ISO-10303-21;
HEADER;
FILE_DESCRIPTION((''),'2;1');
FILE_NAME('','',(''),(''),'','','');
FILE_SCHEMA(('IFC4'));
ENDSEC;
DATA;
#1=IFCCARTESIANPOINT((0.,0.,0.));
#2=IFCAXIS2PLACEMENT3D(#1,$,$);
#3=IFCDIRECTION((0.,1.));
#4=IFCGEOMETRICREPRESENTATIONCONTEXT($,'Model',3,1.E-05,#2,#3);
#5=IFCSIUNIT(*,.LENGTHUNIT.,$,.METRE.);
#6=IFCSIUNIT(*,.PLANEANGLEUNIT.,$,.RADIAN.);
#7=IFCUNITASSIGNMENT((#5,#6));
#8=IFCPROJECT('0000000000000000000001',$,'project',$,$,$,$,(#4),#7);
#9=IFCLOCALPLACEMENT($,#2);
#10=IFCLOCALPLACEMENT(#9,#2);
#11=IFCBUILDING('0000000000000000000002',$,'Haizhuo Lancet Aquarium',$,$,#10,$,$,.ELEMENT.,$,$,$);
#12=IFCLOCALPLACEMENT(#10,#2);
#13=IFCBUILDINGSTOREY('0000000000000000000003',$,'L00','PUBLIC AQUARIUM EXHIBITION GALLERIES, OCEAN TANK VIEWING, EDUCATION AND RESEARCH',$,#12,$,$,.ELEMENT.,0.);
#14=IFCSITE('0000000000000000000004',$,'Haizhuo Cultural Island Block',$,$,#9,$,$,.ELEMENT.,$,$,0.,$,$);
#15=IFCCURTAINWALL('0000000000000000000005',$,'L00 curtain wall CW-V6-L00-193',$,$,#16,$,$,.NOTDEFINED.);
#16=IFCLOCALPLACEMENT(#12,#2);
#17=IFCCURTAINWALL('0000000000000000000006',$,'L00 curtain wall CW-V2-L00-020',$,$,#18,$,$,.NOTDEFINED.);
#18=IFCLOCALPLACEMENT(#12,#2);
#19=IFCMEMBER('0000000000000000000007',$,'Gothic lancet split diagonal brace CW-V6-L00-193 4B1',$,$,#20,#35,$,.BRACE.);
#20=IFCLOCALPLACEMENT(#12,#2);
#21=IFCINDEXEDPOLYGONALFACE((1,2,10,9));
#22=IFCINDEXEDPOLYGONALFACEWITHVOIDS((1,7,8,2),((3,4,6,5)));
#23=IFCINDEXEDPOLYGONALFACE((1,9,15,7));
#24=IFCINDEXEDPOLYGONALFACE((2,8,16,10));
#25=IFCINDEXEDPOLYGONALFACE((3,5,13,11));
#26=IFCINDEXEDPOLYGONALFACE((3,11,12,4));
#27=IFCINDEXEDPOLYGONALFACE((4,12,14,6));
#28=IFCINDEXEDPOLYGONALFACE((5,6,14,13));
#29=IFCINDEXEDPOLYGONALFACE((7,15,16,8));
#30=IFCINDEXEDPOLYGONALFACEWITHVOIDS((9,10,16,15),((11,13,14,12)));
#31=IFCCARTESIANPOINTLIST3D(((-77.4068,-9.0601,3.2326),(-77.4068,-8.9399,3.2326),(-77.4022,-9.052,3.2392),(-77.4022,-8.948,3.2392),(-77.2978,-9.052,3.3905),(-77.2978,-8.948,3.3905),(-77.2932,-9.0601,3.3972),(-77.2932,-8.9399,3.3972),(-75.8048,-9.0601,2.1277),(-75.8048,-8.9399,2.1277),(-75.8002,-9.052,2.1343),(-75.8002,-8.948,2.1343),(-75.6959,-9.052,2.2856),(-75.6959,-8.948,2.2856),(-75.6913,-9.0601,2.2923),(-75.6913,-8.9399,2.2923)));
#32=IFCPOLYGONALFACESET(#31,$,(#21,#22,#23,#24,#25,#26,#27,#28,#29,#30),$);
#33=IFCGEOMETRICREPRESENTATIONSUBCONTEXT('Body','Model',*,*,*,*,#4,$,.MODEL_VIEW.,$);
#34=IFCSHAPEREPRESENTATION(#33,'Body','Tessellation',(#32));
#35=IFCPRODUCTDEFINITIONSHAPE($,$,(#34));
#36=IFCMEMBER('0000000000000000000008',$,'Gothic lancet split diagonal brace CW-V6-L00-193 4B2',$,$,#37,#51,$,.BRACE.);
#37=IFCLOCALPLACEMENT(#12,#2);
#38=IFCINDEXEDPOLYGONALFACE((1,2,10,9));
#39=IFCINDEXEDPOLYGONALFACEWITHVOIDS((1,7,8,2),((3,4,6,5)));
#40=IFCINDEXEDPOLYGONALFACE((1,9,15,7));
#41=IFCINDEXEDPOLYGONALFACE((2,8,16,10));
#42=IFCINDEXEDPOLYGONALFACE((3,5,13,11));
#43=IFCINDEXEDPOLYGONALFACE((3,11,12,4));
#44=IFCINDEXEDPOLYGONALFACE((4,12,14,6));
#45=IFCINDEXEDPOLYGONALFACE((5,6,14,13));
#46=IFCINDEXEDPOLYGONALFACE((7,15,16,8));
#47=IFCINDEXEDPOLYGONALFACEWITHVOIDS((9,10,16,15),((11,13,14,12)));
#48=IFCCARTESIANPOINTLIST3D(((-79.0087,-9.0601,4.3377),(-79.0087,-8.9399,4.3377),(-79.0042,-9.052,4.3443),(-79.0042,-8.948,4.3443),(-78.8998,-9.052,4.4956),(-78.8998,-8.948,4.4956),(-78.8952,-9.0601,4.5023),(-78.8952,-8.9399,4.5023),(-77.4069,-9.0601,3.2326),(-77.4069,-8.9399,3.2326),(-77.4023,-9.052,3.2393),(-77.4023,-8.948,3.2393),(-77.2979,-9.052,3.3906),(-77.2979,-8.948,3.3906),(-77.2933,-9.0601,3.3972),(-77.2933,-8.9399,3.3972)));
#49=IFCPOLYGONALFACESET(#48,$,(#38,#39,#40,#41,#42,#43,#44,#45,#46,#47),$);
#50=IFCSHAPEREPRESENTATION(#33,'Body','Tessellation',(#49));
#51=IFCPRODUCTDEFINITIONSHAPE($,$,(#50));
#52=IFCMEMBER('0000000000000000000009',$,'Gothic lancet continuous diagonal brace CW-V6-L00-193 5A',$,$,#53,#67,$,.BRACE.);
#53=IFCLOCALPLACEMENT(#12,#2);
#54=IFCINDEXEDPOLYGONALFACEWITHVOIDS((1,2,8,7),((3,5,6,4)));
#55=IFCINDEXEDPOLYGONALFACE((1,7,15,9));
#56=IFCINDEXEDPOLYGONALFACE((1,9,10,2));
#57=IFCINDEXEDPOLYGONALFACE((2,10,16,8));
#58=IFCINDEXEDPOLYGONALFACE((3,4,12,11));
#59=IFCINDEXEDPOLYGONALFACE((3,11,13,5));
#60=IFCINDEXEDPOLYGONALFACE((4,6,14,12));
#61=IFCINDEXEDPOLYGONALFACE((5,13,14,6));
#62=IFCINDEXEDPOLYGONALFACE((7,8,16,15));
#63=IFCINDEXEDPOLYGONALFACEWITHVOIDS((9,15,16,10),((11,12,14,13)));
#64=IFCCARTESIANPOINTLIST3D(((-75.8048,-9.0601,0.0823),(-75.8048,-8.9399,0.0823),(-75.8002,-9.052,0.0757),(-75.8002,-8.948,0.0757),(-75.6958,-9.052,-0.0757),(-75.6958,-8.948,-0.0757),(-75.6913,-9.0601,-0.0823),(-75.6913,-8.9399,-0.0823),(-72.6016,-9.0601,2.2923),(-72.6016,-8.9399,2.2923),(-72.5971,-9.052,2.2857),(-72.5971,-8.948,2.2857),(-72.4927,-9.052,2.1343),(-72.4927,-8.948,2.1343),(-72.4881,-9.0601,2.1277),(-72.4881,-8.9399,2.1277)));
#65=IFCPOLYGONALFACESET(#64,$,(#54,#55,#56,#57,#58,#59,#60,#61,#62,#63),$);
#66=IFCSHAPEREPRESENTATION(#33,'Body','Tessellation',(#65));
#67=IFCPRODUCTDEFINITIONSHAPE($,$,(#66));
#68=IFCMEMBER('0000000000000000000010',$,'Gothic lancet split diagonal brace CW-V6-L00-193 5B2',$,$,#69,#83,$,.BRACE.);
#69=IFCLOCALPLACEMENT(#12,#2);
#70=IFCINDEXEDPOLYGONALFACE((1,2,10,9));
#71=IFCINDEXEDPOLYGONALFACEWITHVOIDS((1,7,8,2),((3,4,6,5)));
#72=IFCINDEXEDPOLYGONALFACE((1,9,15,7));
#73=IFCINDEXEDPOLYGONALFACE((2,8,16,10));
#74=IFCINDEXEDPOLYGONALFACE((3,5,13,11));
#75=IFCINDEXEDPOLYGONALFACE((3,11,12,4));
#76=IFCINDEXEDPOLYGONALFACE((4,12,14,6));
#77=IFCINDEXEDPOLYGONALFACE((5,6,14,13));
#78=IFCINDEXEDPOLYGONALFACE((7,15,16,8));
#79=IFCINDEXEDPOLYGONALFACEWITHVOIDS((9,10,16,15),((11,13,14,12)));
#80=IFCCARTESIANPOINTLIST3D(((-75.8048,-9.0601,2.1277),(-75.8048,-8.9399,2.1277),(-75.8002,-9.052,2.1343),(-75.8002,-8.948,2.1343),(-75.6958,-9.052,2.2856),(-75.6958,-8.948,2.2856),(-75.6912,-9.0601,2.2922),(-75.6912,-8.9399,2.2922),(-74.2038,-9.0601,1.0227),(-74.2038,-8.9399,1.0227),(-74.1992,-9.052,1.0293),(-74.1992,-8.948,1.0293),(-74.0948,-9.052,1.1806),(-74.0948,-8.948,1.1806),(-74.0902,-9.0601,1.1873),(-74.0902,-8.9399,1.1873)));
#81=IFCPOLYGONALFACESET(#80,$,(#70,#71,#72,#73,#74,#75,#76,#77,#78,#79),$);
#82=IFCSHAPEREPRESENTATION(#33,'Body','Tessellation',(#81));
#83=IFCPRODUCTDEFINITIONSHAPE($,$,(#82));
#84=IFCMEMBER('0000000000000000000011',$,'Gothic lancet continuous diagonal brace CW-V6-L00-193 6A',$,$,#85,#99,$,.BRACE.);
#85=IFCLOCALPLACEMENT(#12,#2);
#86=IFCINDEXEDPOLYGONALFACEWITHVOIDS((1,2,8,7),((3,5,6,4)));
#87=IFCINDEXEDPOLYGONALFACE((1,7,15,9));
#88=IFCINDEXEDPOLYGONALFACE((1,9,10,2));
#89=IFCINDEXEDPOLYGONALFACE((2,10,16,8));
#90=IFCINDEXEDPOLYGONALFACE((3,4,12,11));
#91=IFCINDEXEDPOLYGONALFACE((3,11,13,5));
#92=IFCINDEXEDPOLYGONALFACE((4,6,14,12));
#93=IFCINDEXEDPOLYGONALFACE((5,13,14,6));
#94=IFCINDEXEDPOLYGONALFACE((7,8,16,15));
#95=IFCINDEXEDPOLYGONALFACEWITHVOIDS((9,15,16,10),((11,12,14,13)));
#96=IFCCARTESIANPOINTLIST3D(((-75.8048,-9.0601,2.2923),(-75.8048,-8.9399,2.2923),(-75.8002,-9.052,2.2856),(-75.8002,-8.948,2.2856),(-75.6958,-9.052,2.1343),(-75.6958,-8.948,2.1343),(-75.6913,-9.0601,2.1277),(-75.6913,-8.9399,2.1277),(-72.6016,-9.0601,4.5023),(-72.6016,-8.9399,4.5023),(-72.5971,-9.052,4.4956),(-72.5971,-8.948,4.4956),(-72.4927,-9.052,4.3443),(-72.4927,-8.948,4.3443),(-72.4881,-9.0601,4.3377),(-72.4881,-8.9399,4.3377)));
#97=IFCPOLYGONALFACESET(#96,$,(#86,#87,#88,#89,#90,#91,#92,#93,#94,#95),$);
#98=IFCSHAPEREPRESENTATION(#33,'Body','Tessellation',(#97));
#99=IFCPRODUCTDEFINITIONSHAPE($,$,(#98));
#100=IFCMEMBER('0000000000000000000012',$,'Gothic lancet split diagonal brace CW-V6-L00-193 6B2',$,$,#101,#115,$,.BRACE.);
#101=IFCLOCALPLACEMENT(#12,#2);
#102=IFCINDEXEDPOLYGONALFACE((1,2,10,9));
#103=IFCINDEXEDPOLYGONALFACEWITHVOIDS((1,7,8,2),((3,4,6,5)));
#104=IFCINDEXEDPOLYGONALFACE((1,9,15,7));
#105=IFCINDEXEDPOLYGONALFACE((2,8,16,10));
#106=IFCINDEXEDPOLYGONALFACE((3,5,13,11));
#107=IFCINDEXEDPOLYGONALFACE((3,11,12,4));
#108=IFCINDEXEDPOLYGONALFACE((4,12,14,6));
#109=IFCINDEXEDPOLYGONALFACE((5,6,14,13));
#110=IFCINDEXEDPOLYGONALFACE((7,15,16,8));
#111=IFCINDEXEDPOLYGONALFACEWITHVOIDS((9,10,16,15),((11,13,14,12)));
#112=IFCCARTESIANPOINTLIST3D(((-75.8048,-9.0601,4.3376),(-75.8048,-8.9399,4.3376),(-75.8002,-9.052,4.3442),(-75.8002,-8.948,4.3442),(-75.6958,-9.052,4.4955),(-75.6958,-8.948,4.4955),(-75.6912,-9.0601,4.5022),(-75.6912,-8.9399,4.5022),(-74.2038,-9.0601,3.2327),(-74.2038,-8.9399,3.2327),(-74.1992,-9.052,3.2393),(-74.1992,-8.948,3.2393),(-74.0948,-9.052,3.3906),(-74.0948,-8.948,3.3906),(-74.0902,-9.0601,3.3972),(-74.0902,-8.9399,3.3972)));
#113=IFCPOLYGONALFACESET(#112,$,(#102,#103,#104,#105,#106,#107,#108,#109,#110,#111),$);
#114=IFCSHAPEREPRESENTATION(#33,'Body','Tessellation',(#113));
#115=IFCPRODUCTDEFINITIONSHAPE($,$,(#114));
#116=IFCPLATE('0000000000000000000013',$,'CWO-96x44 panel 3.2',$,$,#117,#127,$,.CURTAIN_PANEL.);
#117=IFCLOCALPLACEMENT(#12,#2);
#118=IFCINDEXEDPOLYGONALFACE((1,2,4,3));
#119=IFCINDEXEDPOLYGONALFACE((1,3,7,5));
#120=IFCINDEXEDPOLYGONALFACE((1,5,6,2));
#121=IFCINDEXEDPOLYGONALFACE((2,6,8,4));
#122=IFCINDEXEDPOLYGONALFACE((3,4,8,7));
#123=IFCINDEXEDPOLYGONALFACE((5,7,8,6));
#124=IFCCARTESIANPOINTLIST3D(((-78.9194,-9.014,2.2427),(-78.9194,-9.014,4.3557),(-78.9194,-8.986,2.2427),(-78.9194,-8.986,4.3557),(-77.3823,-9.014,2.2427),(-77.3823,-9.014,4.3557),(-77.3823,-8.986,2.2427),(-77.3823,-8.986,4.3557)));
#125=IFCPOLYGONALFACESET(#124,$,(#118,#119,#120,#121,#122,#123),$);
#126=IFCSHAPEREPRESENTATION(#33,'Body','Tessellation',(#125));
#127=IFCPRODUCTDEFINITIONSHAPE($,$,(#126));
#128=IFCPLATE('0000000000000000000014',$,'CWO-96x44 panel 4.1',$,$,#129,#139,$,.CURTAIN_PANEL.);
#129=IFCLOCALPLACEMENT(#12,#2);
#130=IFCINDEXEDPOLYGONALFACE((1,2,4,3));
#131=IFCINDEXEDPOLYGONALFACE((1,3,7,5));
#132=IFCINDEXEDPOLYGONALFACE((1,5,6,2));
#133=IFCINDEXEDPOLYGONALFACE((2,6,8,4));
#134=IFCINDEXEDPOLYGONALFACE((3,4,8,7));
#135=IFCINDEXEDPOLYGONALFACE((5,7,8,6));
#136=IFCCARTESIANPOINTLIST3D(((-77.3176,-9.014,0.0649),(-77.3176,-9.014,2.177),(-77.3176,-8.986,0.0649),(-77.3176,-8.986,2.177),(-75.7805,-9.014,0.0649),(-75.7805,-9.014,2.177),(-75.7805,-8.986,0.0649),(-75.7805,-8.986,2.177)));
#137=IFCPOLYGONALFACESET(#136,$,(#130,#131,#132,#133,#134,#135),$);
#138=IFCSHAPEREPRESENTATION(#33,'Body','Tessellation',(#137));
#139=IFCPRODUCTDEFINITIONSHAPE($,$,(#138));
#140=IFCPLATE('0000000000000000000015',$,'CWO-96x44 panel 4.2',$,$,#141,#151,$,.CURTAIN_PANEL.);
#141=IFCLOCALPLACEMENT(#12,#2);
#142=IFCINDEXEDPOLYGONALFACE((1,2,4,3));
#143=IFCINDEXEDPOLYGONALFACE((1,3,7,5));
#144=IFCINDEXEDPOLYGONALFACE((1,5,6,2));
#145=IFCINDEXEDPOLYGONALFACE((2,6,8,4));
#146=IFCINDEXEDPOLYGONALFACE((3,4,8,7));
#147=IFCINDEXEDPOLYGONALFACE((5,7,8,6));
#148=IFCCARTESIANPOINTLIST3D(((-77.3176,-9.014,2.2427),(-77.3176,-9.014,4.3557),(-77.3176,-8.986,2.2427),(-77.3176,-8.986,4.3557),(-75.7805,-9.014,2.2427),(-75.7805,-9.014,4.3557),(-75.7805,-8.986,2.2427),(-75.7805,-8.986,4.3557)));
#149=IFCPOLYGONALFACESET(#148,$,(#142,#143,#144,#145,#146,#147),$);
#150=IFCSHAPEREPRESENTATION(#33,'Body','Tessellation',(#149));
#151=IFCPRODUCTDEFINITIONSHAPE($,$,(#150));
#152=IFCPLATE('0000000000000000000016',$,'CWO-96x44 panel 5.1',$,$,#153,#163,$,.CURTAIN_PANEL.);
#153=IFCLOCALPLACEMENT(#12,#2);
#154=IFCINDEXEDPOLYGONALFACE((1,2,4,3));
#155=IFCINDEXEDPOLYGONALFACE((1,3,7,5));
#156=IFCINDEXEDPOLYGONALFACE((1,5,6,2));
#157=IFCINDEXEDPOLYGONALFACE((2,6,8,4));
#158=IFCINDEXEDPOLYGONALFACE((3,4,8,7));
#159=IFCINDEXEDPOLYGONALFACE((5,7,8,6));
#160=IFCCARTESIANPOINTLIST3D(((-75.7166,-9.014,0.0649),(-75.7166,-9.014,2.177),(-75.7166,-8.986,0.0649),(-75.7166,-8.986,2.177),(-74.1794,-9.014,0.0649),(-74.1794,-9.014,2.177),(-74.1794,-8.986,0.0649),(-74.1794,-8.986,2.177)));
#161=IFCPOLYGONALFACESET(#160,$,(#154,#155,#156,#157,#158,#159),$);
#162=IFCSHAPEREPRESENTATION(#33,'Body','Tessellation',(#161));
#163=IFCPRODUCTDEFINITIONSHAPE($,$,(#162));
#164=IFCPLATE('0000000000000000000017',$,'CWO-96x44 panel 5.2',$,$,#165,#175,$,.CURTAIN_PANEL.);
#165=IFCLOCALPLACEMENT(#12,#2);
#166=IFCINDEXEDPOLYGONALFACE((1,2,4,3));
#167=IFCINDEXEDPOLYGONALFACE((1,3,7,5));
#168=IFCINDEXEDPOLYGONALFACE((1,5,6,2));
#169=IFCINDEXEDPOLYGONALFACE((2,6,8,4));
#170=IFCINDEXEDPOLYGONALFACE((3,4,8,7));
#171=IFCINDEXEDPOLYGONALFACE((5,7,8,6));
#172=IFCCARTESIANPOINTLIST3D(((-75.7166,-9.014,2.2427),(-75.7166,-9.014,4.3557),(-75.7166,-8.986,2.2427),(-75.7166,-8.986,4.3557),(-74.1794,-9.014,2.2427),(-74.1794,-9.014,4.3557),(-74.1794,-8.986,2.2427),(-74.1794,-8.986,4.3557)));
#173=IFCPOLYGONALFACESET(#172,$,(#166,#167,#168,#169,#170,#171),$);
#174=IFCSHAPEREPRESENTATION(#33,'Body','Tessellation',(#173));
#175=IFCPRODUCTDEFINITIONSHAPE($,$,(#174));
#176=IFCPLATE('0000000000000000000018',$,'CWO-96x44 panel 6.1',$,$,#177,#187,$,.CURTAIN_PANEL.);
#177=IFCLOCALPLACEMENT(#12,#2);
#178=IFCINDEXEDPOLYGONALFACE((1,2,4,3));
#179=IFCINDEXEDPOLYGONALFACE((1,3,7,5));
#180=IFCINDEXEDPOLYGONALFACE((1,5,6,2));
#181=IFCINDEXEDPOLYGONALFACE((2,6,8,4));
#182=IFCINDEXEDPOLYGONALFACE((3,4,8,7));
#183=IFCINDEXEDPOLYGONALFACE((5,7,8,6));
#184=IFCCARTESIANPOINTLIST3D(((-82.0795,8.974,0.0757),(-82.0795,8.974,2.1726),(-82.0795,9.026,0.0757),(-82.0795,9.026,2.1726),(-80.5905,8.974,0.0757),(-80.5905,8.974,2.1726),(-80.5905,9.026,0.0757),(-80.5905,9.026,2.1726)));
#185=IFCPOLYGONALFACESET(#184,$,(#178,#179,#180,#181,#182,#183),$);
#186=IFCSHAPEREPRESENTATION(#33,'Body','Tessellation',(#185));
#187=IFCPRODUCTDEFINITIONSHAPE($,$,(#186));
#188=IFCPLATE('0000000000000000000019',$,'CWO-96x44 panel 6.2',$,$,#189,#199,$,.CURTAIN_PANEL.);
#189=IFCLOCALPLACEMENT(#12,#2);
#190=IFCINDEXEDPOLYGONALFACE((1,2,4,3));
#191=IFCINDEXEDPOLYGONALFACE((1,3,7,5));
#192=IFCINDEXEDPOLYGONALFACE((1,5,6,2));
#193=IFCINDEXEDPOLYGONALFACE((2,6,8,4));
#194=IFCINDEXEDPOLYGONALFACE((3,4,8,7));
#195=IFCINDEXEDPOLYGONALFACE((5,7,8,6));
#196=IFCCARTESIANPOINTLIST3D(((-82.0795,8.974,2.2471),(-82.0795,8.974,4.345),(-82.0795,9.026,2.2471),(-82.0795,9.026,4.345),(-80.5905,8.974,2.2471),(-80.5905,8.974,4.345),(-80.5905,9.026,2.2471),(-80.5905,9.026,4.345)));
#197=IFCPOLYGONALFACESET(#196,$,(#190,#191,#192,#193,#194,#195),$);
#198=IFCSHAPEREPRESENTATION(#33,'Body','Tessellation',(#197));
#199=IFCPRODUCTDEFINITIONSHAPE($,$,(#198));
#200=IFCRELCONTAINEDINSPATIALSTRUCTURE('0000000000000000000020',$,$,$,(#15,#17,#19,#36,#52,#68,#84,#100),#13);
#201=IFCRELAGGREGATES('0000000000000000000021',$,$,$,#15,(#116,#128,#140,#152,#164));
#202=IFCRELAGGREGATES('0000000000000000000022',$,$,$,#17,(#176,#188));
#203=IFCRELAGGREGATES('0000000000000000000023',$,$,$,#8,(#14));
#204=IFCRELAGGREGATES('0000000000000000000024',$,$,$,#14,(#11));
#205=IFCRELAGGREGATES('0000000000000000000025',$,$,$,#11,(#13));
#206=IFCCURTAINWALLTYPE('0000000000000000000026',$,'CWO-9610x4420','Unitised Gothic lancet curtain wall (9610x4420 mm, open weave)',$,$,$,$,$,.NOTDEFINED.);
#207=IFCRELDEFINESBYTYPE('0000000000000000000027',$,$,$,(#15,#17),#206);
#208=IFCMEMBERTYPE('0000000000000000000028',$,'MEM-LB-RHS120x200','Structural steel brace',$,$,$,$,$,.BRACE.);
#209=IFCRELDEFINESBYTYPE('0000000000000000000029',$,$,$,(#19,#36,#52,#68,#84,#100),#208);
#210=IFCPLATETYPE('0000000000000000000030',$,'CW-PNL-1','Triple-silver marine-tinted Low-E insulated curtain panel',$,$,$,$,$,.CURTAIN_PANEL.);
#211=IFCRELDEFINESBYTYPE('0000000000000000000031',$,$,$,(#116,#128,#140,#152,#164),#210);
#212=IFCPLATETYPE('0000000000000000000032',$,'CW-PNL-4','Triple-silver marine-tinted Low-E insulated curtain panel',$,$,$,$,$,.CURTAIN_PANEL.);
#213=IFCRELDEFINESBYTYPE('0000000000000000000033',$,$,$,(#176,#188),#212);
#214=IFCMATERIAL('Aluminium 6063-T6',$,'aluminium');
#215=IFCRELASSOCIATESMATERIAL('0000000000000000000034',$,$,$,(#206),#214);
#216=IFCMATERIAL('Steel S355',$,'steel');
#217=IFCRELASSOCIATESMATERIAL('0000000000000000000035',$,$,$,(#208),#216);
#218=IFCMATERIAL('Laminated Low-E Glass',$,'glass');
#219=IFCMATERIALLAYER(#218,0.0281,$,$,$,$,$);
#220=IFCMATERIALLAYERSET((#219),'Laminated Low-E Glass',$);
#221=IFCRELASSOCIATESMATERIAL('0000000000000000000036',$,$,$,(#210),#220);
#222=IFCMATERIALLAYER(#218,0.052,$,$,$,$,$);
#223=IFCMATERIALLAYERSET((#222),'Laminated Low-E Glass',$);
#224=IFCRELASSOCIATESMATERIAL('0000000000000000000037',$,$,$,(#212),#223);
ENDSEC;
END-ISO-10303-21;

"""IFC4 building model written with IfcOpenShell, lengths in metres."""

from ifc_helpers import new_model, si_unit, direction, frame, origin, origin_2d, place, context, subcontext, project, spatial, rectangle, hollow_rectangle, extrude, material, layer, layer_set, material_profile, profile_set, type_object, element, aggregate, save


model = new_model("IFC4")

# Units and contexts
model_context = context("Model", 3, precision=1e-05, world=origin(), true_north=direction((0.0, 1.0)))
body_context = subcontext(model_context, "Body", "Model", "MODEL_VIEW")
ifc_project = project(units=[si_unit("LENGTHUNIT", "METRE"), si_unit("PLANEANGLEUNIT", "RADIAN")], contexts=[model_context])

# Site, building, storey
site_placement = place(None, origin())
site = spatial("IfcSite", under=ifc_project, at=site_placement, Name="Haizhuo Cultural Island Block", CompositionType="ELEMENT", RefElevation=0.0)
building_placement = place(site_placement, origin())
building = spatial("IfcBuilding", under=site, at=building_placement, Name="Haizhuo Lancet Aquarium", CompositionType="ELEMENT")
storey_placement = place(building_placement, origin())
storey = spatial("IfcBuildingStorey", under=building, at=storey_placement, Name="L00", Description="PUBLIC AQUARIUM EXHIBITION GALLERIES, OCEAN TANK VIEWING, EDUCATION AND RESEARCH", CompositionType="ELEMENT", Elevation=0.0)

# Shared definitions
ifc_material_1 = material(Name="Steel S355", Category="steel")

# Curtain wall
ifc_material_2 = material(Name="Aluminium 6063-T6", Category="aluminium")
curtain_wall_type = type_object("IfcCurtainWallType", Name="CWO-9610x4420", Description="Unitised Gothic lancet curtain wall (9610x4420 mm, open weave)", PredefinedType="NOTDEFINED", material=ifc_material_2)
curtain_wall_1_placement = place(storey_placement, origin())
curtain_wall_1 = element("IfcCurtainWall", 1, at=curtain_wall_1_placement, inside=storey, type_object=curtain_wall_type, Name="L00 curtain wall CW-V6-L00-193", PredefinedType="NOTDEFINED")

# Curtain wall
curtain_wall_2_placement = place(storey_placement, origin())
curtain_wall_2 = element("IfcCurtainWall", 2, at=curtain_wall_2_placement, inside=storey, type_object=curtain_wall_type, Name="L00 curtain wall CW-V2-L00-020", PredefinedType="NOTDEFINED")

# Members
ifc_material_profile_1 = material_profile(ifc_material_1, hollow_rectangle(XDim=0.1201, YDim=0.2, WallThickness=0.0081, at=origin_2d()), Name="RHS 120x200x8")
ifc_profile_set_1 = profile_set([ifc_material_profile_1], Name="Steel S355")
member_type_1 = type_object("IfcMemberType", Name="MEM-LB-RHS120x200", Description="Structural steel brace", PredefinedType="BRACE", material=ifc_profile_set_1)
for number, where, z_axis, x_axis, name in (
    (3, (-75.748, -9.0, 2.21), (-0.823184, 0.0, 0.567774), (0.0, -1.0, 0.0), "Gothic lancet split diagonal brace CW-V6-L00-193 4B1"),
    (4, (-77.3501, -9.0, 3.3149), (-0.823144, 0.0, 0.567833), (0.0, -1.0, 0.0), "Gothic lancet split diagonal brace CW-V6-L00-193 4B2"),
):
    element("IfcMember", number, at=place(storey_placement, frame(where, z_axis=z_axis, x_axis=x_axis)), inside=storey, type_object=member_type_1, Name=name, PredefinedType="BRACE", context=body_context, shape_type="SweptSolid", body=[
        extrude(hollow_rectangle(XDim=0.1201, YDim=0.2, WallThickness=0.0081, at=origin_2d()), origin(), (0.0, 0.0, 1.0), 1.946),
    ])
member_1_placement = place(storey_placement, frame((-75.748, -9.0, 0.0), z_axis=(0.823104, 0.0, 0.567891), x_axis=(0.0, 1.0, 0.0)))
element("IfcMember", 5, at=member_1_placement, inside=storey, type_object=member_type_1, Name="Gothic lancet continuous diagonal brace CW-V6-L00-193 5A", PredefinedType="BRACE", context=body_context, shape_type="SweptSolid", body=[
    extrude(hollow_rectangle(XDim=0.1201, YDim=0.2, WallThickness=0.0081, at=origin_2d()), origin(), (0.0, 0.0, 1.0), 3.8916),
])
member_2_placement = place(storey_placement, frame((-74.147, -9.0, 1.105), z_axis=(-0.823023, 0.0, 0.568009), x_axis=(0.0, -1.0, 0.0)))
element("IfcMember", 6, at=member_2_placement, inside=storey, type_object=member_type_1, Name="Gothic lancet split diagonal brace CW-V6-L00-193 5B2", PredefinedType="BRACE", context=body_context, shape_type="SweptSolid", body=[
    extrude(hollow_rectangle(XDim=0.1201, YDim=0.2, WallThickness=0.0081, at=origin_2d()), origin(), (0.0, 0.0, 1.0), 1.9453),
])
member_3_placement = place(storey_placement, frame((-75.748, -9.0, 2.21), z_axis=(0.823104, 0.0, 0.567891), x_axis=(0.0, 1.0, 0.0)))
element("IfcMember", 7, at=member_3_placement, inside=storey, type_object=member_type_1, Name="Gothic lancet continuous diagonal brace CW-V6-L00-193 6A", PredefinedType="BRACE", context=body_context, shape_type="SweptSolid", body=[
    extrude(hollow_rectangle(XDim=0.1201, YDim=0.2, WallThickness=0.0081, at=origin_2d()), origin(), (0.0, 0.0, 1.0), 3.8916),
])
member_4_placement = place(storey_placement, frame((-74.147, -9.0, 3.3149), z_axis=(-0.823023, 0.0, 0.568009), x_axis=(0.0, -1.0, 0.0)))
element("IfcMember", 8, at=member_4_placement, inside=storey, type_object=member_type_1, Name="Gothic lancet split diagonal brace CW-V6-L00-193 6B2", PredefinedType="BRACE", context=body_context, shape_type="SweptSolid", body=[
    extrude(hollow_rectangle(XDim=0.1201, YDim=0.2, WallThickness=0.0081, at=origin_2d()), origin(), (0.0, 0.0, 1.0), 1.9453),
])

# Plates
ifc_material_3 = material(Name="Laminated Low-E Glass", Category="glass")
ifc_layer_1 = layer(ifc_material_3, 0.0281)
ifc_layer_set_1 = layer_set([ifc_layer_1], Name="Laminated Low-E Glass")
plate_type_1 = type_object("IfcPlateType", Name="CW-PNL-1", Description="Triple-silver marine-tinted Low-E insulated curtain panel", PredefinedType="CURTAIN_PANEL", material=ifc_layer_set_1)
plate_1_placement = place(storey_placement, frame((-78.1509, -9.0, 2.2427), z_axis=(0.0, 0.0, 1.0), x_axis=(1.0, 0.0, 0.0)))
plate_1 = element("IfcPlate", 9, at=plate_1_placement, type_object=plate_type_1, Name="CWO-96x44 panel 3.2", PredefinedType="CURTAIN_PANEL", context=body_context, shape_type="SweptSolid", body=[
    extrude(rectangle(XDim=1.5371, YDim=0.0281, at=origin_2d()), origin(), (0.0, 0.0, 1.0), 2.113),
])
plate_2_placement = place(storey_placement, frame((-76.5491, -9.0, 0.0649), z_axis=(0.0, 0.0, 1.0), x_axis=(1.0, 0.0, 0.0)))
plate_2 = element("IfcPlate", 10, at=plate_2_placement, type_object=plate_type_1, Name="CWO-96x44 panel 4.1", PredefinedType="CURTAIN_PANEL", context=body_context, shape_type="SweptSolid", body=[
    extrude(rectangle(XDim=1.5371, YDim=0.0281, at=origin_2d()), origin(), (0.0, 0.0, 1.0), 2.1121),
])
plate_3_placement = place(storey_placement, frame((-76.5491, -9.0, 2.2427), z_axis=(0.0, 0.0, 1.0), x_axis=(1.0, 0.0, 0.0)))
plate_3 = element("IfcPlate", 11, at=plate_3_placement, type_object=plate_type_1, Name="CWO-96x44 panel 4.2", PredefinedType="CURTAIN_PANEL", context=body_context, shape_type="SweptSolid", body=[
    extrude(rectangle(XDim=1.5371, YDim=0.0281, at=origin_2d()), origin(), (0.0, 0.0, 1.0), 2.113),
])
plate_4_placement = place(storey_placement, frame((-74.948, -9.0, 0.0649), z_axis=(0.0, 0.0, 1.0), x_axis=(1.0, 0.0, 0.0)))
plate_4 = element("IfcPlate", 12, at=plate_4_placement, type_object=plate_type_1, Name="CWO-96x44 panel 5.1", PredefinedType="CURTAIN_PANEL", context=body_context, shape_type="SweptSolid", body=[
    extrude(rectangle(XDim=1.5371, YDim=0.0281, at=origin_2d()), origin(), (0.0, 0.0, 1.0), 2.1121),
])
plate_5_placement = place(storey_placement, frame((-74.948, -9.0, 2.2427), z_axis=(0.0, 0.0, 1.0), x_axis=(1.0, 0.0, 0.0)))
plate_5 = element("IfcPlate", 13, at=plate_5_placement, type_object=plate_type_1, Name="CWO-96x44 panel 5.2", PredefinedType="CURTAIN_PANEL", context=body_context, shape_type="SweptSolid", body=[
    extrude(rectangle(XDim=1.5371, YDim=0.0281, at=origin_2d()), origin(), (0.0, 0.0, 1.0), 2.113),
])
aggregate(curtain_wall_1, [plate_1, plate_2, plate_3, plate_4, plate_5])
ifc_layer_2 = layer(ifc_material_3, 0.052)
ifc_layer_set_2 = layer_set([ifc_layer_2], Name="Laminated Low-E Glass")
plate_type_2 = type_object("IfcPlateType", Name="CW-PNL-4", Description="Triple-silver marine-tinted Low-E insulated curtain panel", PredefinedType="CURTAIN_PANEL", material=ifc_layer_set_2)
plate_6_placement = place(storey_placement, frame((-81.335, 9.0, 0.0757), z_axis=(0.0, 0.0, 1.0), x_axis=(-1.0, 0.0, 0.0)))
plate_6 = element("IfcPlate", 14, at=plate_6_placement, type_object=plate_type_2, Name="CWO-96x44 panel 6.1", PredefinedType="CURTAIN_PANEL", context=body_context, shape_type="SweptSolid", body=[
    extrude(rectangle(XDim=1.489, YDim=0.052, at=origin_2d()), origin(), (0.0, 0.0, 1.0), 2.0969),
])
plate_7_placement = place(storey_placement, frame((-81.335, 9.0, 2.2471), z_axis=(0.0, 0.0, 1.0), x_axis=(-1.0, 0.0, 0.0)))
plate_7 = element("IfcPlate", 15, at=plate_7_placement, type_object=plate_type_2, Name="CWO-96x44 panel 6.2", PredefinedType="CURTAIN_PANEL", context=body_context, shape_type="SweptSolid", body=[
    extrude(rectangle(XDim=1.489, YDim=0.052, at=origin_2d()), origin(), (0.0, 0.0, 1.0), 2.0979),
])
aggregate(curtain_wall_2, [plate_6, plate_7])

save(model, "model.ifc")
